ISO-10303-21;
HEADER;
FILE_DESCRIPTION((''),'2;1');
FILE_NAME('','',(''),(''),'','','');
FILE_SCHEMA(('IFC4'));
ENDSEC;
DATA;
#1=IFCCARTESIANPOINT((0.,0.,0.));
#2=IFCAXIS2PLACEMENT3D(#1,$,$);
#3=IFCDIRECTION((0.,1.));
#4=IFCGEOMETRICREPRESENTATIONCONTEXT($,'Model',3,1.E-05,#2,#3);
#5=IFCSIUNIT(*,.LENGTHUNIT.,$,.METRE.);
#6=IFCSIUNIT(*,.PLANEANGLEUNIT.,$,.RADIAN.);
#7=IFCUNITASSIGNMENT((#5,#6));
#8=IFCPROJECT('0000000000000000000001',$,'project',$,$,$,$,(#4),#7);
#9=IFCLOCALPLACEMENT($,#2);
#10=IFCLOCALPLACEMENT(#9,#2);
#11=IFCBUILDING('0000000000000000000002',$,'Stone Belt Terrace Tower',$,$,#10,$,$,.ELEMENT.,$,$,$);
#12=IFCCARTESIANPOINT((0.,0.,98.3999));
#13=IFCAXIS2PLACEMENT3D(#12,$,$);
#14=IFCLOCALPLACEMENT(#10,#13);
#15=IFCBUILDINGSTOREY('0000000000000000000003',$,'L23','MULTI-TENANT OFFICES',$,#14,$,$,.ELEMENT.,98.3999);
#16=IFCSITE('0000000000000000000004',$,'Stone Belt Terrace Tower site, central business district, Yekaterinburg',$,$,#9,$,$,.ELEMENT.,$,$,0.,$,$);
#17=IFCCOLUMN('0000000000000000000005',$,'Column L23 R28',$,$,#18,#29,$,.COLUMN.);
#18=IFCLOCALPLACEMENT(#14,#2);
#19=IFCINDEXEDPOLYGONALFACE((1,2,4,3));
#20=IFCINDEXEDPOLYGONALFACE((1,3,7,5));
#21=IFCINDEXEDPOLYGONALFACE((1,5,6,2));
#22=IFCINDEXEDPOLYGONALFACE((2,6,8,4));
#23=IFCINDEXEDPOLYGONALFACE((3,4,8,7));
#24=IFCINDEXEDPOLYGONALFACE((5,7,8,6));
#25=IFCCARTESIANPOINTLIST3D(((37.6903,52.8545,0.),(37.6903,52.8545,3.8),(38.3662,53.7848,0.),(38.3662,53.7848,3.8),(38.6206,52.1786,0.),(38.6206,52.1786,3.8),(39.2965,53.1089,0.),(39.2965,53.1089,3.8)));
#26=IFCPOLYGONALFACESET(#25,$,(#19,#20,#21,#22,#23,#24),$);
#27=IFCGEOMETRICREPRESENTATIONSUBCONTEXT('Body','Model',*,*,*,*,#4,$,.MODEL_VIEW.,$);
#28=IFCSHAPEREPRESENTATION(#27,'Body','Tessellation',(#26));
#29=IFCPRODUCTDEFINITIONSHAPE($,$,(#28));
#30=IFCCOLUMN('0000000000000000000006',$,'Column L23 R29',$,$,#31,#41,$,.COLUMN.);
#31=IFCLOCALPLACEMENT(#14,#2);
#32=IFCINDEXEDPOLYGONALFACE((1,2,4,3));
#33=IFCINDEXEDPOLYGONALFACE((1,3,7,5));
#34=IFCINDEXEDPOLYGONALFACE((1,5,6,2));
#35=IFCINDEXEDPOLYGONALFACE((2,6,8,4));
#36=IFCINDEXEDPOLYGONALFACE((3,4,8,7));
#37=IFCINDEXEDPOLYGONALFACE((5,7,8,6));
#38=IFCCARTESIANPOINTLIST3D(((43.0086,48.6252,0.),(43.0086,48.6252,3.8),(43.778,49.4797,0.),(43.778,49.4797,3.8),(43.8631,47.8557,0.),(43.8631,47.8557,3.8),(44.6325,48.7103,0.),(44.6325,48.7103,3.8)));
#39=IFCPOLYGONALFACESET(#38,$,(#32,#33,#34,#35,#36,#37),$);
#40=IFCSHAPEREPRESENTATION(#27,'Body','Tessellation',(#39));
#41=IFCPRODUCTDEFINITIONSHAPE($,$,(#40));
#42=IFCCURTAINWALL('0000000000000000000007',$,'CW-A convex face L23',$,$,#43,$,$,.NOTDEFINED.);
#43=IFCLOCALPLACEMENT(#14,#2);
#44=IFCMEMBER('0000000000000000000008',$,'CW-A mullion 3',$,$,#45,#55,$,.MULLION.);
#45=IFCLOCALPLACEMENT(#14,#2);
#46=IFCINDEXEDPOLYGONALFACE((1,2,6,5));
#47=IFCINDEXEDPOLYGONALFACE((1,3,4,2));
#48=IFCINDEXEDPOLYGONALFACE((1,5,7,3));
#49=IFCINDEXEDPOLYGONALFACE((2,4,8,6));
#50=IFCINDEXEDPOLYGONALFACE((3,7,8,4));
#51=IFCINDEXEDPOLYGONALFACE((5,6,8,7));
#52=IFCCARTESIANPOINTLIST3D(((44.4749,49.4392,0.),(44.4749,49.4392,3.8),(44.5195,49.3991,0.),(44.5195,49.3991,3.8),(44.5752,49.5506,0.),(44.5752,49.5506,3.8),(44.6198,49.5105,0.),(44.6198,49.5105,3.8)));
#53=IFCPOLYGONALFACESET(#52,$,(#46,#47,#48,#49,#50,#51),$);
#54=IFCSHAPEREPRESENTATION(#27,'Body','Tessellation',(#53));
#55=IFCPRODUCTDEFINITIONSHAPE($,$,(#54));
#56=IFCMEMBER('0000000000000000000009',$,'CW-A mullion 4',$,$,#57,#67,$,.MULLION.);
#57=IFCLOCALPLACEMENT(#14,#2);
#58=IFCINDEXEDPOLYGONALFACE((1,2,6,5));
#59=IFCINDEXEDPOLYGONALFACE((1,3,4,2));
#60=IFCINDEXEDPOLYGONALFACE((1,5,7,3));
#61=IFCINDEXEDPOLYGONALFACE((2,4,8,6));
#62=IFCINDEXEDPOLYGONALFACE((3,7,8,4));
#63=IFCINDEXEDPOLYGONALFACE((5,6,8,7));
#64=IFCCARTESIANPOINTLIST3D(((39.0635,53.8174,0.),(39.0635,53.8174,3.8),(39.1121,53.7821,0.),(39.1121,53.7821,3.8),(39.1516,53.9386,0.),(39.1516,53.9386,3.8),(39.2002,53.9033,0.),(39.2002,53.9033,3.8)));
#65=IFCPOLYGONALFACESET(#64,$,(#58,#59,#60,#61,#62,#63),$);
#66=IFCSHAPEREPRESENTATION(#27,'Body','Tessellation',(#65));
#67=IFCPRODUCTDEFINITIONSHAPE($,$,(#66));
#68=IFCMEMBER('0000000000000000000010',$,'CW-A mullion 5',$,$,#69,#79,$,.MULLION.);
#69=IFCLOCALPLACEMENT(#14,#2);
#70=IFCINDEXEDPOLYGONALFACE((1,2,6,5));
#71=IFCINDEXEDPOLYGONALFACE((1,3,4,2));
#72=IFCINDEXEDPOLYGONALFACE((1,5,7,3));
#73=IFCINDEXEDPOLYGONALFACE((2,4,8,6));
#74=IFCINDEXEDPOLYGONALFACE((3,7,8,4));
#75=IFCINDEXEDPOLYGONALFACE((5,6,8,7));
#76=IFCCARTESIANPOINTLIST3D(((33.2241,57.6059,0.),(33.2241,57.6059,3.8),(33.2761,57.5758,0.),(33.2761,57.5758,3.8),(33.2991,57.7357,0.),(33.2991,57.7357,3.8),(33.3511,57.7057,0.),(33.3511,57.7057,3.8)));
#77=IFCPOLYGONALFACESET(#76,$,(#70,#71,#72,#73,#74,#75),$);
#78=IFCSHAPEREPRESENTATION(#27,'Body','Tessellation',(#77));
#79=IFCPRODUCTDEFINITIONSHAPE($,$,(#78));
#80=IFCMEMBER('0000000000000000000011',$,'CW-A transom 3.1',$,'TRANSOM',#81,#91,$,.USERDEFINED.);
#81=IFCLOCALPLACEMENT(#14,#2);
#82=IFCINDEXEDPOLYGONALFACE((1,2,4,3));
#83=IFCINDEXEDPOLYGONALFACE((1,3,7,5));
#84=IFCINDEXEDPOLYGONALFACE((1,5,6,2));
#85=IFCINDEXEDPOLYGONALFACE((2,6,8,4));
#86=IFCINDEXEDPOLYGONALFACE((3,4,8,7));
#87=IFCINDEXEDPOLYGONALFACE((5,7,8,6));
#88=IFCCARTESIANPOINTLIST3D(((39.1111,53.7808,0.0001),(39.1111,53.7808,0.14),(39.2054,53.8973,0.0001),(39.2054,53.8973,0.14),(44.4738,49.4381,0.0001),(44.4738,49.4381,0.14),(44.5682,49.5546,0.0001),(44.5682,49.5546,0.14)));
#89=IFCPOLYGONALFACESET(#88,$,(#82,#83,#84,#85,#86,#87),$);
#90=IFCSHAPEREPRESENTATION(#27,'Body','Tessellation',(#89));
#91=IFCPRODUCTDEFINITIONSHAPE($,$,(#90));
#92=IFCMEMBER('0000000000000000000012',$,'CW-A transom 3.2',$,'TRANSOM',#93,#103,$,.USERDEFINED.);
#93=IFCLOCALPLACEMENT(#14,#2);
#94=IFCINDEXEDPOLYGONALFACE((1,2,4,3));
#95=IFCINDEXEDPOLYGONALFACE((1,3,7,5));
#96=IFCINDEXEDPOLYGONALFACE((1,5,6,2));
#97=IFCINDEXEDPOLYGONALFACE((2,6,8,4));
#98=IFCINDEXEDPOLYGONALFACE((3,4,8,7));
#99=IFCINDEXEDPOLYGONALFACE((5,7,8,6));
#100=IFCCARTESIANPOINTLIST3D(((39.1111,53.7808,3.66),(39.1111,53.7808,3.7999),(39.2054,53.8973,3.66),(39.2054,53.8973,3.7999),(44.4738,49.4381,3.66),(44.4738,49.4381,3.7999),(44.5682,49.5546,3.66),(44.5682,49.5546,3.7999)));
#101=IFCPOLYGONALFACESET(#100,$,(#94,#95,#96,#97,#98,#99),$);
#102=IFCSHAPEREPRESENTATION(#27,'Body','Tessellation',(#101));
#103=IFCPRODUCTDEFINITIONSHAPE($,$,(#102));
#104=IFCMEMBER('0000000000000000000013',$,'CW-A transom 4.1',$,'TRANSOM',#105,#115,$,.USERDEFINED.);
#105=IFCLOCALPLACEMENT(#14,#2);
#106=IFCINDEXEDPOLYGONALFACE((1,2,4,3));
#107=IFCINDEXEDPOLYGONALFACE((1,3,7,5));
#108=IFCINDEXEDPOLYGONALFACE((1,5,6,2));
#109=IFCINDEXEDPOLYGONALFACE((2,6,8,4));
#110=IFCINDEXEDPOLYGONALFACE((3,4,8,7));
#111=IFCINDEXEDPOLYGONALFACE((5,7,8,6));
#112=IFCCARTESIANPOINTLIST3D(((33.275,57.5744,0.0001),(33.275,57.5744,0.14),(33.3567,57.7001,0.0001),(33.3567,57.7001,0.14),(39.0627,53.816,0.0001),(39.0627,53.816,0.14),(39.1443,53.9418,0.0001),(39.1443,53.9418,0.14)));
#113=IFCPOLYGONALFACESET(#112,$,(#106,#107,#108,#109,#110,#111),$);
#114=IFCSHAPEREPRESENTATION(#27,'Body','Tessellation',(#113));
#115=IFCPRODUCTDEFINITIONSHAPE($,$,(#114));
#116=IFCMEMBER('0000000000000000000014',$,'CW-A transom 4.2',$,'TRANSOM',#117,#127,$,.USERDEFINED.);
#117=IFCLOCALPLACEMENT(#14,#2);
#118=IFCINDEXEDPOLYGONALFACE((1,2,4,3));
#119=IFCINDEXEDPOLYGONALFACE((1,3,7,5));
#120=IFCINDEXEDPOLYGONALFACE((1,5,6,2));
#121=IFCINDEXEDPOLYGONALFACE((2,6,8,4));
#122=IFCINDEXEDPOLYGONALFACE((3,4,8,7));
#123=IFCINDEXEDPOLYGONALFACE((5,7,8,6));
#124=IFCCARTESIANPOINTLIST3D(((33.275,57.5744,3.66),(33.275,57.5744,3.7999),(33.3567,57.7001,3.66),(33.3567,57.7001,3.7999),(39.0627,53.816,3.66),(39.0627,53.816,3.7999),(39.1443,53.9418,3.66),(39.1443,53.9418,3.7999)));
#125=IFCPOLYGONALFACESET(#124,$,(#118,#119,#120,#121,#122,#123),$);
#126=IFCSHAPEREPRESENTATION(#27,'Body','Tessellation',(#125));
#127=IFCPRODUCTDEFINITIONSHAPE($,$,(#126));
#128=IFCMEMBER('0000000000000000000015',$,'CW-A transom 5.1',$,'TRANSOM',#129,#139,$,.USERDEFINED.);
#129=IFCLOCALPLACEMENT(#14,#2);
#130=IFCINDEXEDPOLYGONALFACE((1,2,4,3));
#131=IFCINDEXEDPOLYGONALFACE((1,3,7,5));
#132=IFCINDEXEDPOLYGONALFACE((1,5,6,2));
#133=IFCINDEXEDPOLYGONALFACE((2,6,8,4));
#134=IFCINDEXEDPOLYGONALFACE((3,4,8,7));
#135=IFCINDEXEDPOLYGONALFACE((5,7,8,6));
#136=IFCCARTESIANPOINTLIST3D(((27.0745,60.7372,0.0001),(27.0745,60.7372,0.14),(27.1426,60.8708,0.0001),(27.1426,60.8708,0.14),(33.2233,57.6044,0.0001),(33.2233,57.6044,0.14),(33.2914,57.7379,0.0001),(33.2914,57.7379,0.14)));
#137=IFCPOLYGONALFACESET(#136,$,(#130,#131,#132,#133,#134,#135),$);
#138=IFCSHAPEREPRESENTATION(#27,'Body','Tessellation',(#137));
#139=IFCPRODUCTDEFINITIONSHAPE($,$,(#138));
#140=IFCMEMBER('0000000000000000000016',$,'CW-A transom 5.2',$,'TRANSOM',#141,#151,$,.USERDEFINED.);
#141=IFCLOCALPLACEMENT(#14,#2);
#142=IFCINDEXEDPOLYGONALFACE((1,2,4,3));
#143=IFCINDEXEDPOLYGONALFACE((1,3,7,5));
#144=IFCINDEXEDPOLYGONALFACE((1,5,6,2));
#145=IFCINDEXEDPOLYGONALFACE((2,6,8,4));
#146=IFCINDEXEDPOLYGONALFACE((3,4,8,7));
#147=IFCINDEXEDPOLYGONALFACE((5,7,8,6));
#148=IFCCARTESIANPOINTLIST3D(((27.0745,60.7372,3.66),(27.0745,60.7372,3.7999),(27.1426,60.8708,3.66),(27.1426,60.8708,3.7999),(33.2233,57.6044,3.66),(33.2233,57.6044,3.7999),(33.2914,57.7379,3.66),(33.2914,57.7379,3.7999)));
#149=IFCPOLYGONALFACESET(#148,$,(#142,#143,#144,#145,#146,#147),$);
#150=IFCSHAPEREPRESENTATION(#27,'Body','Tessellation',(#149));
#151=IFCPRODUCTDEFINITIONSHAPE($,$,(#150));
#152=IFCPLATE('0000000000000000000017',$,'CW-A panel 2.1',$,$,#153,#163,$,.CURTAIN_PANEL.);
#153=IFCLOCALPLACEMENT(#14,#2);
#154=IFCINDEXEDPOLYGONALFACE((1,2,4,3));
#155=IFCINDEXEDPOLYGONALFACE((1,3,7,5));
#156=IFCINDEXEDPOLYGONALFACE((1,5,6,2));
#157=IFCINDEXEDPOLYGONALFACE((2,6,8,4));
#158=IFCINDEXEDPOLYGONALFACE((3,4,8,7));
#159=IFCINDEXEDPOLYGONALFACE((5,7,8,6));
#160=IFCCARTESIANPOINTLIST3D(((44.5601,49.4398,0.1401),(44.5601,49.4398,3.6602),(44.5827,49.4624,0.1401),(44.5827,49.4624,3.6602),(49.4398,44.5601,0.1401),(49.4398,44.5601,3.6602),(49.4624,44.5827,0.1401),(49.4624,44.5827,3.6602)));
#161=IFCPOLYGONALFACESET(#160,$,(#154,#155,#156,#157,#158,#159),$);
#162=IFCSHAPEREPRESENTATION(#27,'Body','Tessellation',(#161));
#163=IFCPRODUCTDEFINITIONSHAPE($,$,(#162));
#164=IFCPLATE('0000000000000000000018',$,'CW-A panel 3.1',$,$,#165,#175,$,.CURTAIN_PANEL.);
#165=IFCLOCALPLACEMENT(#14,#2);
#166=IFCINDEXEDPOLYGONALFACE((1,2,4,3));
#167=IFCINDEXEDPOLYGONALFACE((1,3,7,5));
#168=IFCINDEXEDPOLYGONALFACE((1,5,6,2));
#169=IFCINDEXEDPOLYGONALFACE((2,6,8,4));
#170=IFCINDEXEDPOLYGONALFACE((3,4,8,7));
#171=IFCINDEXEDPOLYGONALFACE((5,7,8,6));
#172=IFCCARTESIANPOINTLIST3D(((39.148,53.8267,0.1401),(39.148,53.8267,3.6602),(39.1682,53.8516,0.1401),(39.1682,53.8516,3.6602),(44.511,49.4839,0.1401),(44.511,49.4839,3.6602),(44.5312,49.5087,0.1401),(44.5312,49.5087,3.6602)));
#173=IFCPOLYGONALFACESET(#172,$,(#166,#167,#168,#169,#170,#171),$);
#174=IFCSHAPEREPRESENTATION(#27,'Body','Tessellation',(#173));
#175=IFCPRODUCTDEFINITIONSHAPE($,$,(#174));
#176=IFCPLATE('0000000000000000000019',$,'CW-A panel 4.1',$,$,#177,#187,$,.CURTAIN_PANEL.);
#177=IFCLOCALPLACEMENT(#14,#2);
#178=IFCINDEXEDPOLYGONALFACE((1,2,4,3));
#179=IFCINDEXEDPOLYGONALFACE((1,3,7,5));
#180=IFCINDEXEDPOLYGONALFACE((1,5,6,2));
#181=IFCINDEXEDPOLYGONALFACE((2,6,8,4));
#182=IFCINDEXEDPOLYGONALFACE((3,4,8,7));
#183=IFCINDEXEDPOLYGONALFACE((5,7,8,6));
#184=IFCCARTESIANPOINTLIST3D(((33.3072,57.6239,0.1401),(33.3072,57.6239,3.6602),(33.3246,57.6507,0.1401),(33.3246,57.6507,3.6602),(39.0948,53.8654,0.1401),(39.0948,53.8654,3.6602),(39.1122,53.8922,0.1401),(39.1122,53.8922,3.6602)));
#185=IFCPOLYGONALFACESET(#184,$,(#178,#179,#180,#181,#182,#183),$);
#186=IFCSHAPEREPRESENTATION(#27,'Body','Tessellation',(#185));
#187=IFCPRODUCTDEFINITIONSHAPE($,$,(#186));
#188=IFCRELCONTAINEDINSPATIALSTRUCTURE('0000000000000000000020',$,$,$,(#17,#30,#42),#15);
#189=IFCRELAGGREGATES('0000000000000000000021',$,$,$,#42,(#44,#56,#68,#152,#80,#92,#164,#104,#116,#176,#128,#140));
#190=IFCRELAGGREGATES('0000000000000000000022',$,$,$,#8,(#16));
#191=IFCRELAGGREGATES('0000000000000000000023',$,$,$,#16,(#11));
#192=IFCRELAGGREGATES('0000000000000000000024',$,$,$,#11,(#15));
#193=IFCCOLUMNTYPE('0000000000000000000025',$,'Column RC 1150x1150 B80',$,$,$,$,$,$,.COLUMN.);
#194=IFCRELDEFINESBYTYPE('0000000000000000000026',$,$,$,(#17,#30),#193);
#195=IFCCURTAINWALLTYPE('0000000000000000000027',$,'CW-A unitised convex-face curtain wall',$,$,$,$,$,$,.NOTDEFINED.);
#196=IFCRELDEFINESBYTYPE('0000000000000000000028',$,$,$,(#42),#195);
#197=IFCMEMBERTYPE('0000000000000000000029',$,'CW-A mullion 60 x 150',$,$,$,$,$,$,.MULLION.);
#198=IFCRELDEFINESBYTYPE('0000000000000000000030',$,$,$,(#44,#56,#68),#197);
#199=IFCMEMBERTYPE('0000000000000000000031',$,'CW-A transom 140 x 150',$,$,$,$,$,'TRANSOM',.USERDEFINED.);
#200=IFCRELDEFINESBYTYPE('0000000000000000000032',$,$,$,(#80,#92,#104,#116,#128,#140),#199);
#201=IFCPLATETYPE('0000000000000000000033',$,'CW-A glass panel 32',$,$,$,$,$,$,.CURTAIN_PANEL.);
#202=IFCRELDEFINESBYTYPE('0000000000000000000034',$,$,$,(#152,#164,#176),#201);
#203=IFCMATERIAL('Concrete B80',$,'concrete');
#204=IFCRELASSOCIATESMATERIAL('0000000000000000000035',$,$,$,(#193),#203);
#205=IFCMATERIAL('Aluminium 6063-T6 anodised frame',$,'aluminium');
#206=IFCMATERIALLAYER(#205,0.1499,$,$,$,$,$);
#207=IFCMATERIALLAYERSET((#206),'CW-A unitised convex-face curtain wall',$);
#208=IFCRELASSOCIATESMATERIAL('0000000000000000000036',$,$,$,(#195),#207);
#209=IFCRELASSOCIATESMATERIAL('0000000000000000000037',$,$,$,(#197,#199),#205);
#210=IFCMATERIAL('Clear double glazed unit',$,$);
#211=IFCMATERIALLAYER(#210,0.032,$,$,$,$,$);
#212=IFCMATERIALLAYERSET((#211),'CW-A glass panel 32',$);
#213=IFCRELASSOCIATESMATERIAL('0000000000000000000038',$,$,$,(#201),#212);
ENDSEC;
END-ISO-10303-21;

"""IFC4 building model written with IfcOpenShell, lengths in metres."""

from ifc_helpers import new_model, si_unit, direction, frame, origin, origin_2d, place, context, subcontext, project, spatial, rectangle, extrude, material, layer, layer_set, material_profile, profile_set, type_object, element, aggregate, save


model = new_model("IFC4")

# Units and contexts
model_context = context("Model", 3, precision=1e-05, world=origin(), true_north=direction((0.0, 1.0)))
body_context = subcontext(model_context, "Body", "Model", "MODEL_VIEW")
ifc_project = project(units=[si_unit("LENGTHUNIT", "METRE"), si_unit("PLANEANGLEUNIT", "RADIAN")], contexts=[model_context])

# Site, building, storey
site_placement = place(None, origin())
site = spatial("IfcSite", under=ifc_project, at=site_placement, Name="Stone Belt Terrace Tower site, central business district, Yekaterinburg", CompositionType="ELEMENT", RefElevation=0.0)
building_placement = place(site_placement, origin())
building = spatial("IfcBuilding", under=site, at=building_placement, Name="Stone Belt Terrace Tower", CompositionType="ELEMENT")
storey_placement = place(building_placement, frame((0.0, 0.0, 98.3999)))
storey = spatial("IfcBuildingStorey", under=building, at=storey_placement, Name="L23", Description="MULTI-TENANT OFFICES", CompositionType="ELEMENT", Elevation=98.3999)

# Columns
ifc_material_1 = material(Name="Concrete B80", Category="concrete")
ifc_material_profile_1 = material_profile(ifc_material_1, rectangle(XDim=1.1499, YDim=1.1499, at=origin_2d()), Name="RC 1150x1150")
ifc_profile_set_1 = profile_set([ifc_material_profile_1], Name="Concrete B80")
column_type = type_object("IfcColumnType", Name="Column RC 1150x1150 B80", PredefinedType="COLUMN", material=ifc_profile_set_1)
for number, where, z_axis, x_axis, name in (
    (1, (38.4934, 52.9817, 0.0), (0.0, 0.0, 1.0), (0.809017, -0.587785, 0.0), "Column L23 R28"),
    (2, (43.8206, 48.6677, 0.0), (0.0, 0.0, 1.0), (0.743145, -0.669131, 0.0), "Column L23 R29"),
):
    element("IfcColumn", number, at=place(storey_placement, frame(where, z_axis=z_axis, x_axis=x_axis)), inside=storey, type_object=column_type, Name=name, PredefinedType="COLUMN", context=body_context, shape_type="SweptSolid", body=[
        extrude(rectangle(XDim=1.1499, YDim=1.1499, at=origin_2d()), origin(), (0.0, 0.0, 1.0), 3.8),
    ])

# Curtain wall, members, plates
ifc_material_2 = material(Name="Aluminium 6063-T6 anodised frame", Category="aluminium")
ifc_layer_1 = layer(ifc_material_2, 0.1499)
ifc_layer_set_1 = layer_set([ifc_layer_1], Name="CW-A unitised convex-face curtain wall")
curtain_wall_type = type_object("IfcCurtainWallType", Name="CW-A unitised convex-face curtain wall", PredefinedType="NOTDEFINED", material=ifc_layer_set_1)
curtain_wall_placement = place(storey_placement, origin())
curtain_wall = element("IfcCurtainWall", 3, at=curtain_wall_placement, inside=storey, type_object=curtain_wall_type, Name="CW-A convex face L23", PredefinedType="NOTDEFINED")
ifc_material_profile_2 = material_profile(ifc_material_2, rectangle(XDim=0.1499, YDim=0.0601, at=origin_2d()), Name="Aluminium 6063-T6 60x150")
ifc_profile_set_2 = profile_set([ifc_material_profile_2], Name="Aluminium 6063-T6 anodised frame")
member_type_1 = type_object("IfcMemberType", Name="CW-A mullion 60 x 150", PredefinedType="MULLION", material=ifc_profile_set_2)
member_1_placement = place(storey_placement, frame((44.5474, 49.4749, 0.0), z_axis=(0.0, 0.0, 1.0), x_axis=(-0.669131, -0.743145, 0.0)))
member_1 = element("IfcMember", 4, at=member_1_placement, type_object=member_type_1, Name="CW-A mullion 3", PredefinedType="MULLION", context=body_context, shape_type="SweptSolid", body=[
    extrude(rectangle(XDim=0.1499, YDim=0.0601, at=origin_2d()), origin(), (0.0, 0.0, 1.0), 3.8),
])
member_2_placement = place(storey_placement, frame((39.1318, 53.8604, 0.0), z_axis=(0.0, 0.0, 1.0), x_axis=(-0.587785, -0.809017, 0.0)))
member_2 = element("IfcMember", 5, at=member_2_placement, type_object=member_type_1, Name="CW-A mullion 4", PredefinedType="MULLION", context=body_context, shape_type="SweptSolid", body=[
    extrude(rectangle(XDim=0.1499, YDim=0.0601, at=origin_2d()), origin(), (0.0, 0.0, 1.0), 3.8),
])
member_3_placement = place(storey_placement, frame((33.2876, 57.6558, 0.0), z_axis=(0.0, 0.0, 1.0), x_axis=(-0.5, -0.866025, 0.0)))
member_3 = element("IfcMember", 6, at=member_3_placement, type_object=member_type_1, Name="CW-A mullion 5", PredefinedType="MULLION", context=body_context, shape_type="SweptSolid", body=[
    extrude(rectangle(XDim=0.1499, YDim=0.0601, at=origin_2d()), origin(), (0.0, 0.0, 1.0), 3.8),
])
ifc_material_profile_3 = material_profile(ifc_material_2, rectangle(XDim=0.1499, YDim=0.1399, at=origin_2d()), Name="Aluminium 6063-T6 150x140")
ifc_profile_set_3 = profile_set([ifc_material_profile_3], Name="Aluminium 6063-T6 anodised frame")
member_type_2 = type_object("IfcMemberType", Name="CW-A transom 140 x 150", ElementType="TRANSOM", PredefinedType="USERDEFINED", material=ifc_profile_set_3)
member_4_placement = place(storey_placement, frame((44.521, 49.4963, 0.0701), z_axis=(-0.777141, 0.629326, 0.0), x_axis=(-0.629326, -0.777141, 0.0)))
member_4 = element("IfcMember", 7, at=member_4_placement, type_object=member_type_2, Name="CW-A transom 3.1", ObjectType="TRANSOM", PredefinedType="USERDEFINED", context=body_context, shape_type="SweptSolid", body=[
    extrude(rectangle(XDim=0.1499, YDim=0.1399, at=origin_2d()), origin(), (0.0, 0.0, 1.0), 6.9006),
])
member_5_placement = place(storey_placement, frame((44.521, 49.4963, 3.73), z_axis=(-0.777141, 0.629326, 0.0), x_axis=(-0.629326, -0.777141, 0.0)))
member_5 = element("IfcMember", 8, at=member_5_placement, type_object=member_type_2, Name="CW-A transom 3.2", ObjectType="TRANSOM", PredefinedType="USERDEFINED", context=body_context, shape_type="SweptSolid", body=[
    extrude(rectangle(XDim=0.1499, YDim=0.1399, at=origin_2d()), origin(), (0.0, 0.0, 1.0), 6.9006),
])
member_6_placement = place(storey_placement, frame((39.1035, 53.8789, 0.0701), z_axis=(-0.838684, 0.544618, 0.0), x_axis=(-0.544618, -0.838684, 0.0)))
member_6 = element("IfcMember", 9, at=member_6_placement, type_object=member_type_2, Name="CW-A transom 4.1", ObjectType="TRANSOM", PredefinedType="USERDEFINED", context=body_context, shape_type="SweptSolid", body=[
    extrude(rectangle(XDim=0.1499, YDim=0.1399, at=origin_2d()), origin(), (0.0, 0.0, 1.0), 6.9009),
])
member_7_placement = place(storey_placement, frame((39.1035, 53.8789, 3.73), z_axis=(-0.838684, 0.544618, 0.0), x_axis=(-0.544618, -0.838684, 0.0)))
member_7 = element("IfcMember", 10, at=member_7_placement, type_object=member_type_2, Name="CW-A transom 4.2", ObjectType="TRANSOM", PredefinedType="USERDEFINED", context=body_context, shape_type="SweptSolid", body=[
    extrude(rectangle(XDim=0.1499, YDim=0.1399, at=origin_2d()), origin(), (0.0, 0.0, 1.0), 6.9009),
])
member_8_placement = place(storey_placement, frame((33.2573, 57.6711, 0.0701), z_axis=(-0.891012, 0.453979, 0.0), x_axis=(-0.453979, -0.891012, 0.0)))
member_8 = element("IfcMember", 11, at=member_8_placement, type_object=member_type_2, Name="CW-A transom 5.1", ObjectType="TRANSOM", PredefinedType="USERDEFINED", context=body_context, shape_type="SweptSolid", body=[
    extrude(rectangle(XDim=0.1499, YDim=0.1399, at=origin_2d()), origin(), (0.0, 0.0, 1.0), 6.9009),
])
member_9_placement = place(storey_placement, frame((33.2573, 57.6711, 3.73), z_axis=(-0.891012, 0.453979, 0.0), x_axis=(-0.453979, -0.891012, 0.0)))
member_9 = element("IfcMember", 12, at=member_9_placement, type_object=member_type_2, Name="CW-A transom 5.2", ObjectType="TRANSOM", PredefinedType="USERDEFINED", context=body_context, shape_type="SweptSolid", body=[
    extrude(rectangle(XDim=0.1499, YDim=0.1399, at=origin_2d()), origin(), (0.0, 0.0, 1.0), 6.9009),
])
ifc_material_3 = material(Name="Clear double glazed unit")
ifc_layer_2 = layer(ifc_material_3, 0.032)
ifc_layer_set_2 = layer_set([ifc_layer_2], Name="CW-A glass panel 32")
plate_type_1 = type_object("IfcPlateType", Name="CW-A glass panel 32", PredefinedType="CURTAIN_PANEL", material=ifc_layer_set_2)
plate_1_placement = place(storey_placement, frame((47.0112, 47.0112, 0.1401), z_axis=(0.0, 0.0, 1.0), x_axis=(-0.707107, 0.707107, 0.0)))
plate_1 = element("IfcPlate", 13, at=plate_1_placement, type_object=plate_type_1, Name="CW-A panel 2.1", PredefinedType="CURTAIN_PANEL", context=body_context, shape_type="SweptSolid", body=[
    extrude(rectangle(XDim=6.9009, YDim=0.032, at=origin_2d()), origin(), (0.0, 0.0, 1.0), 3.52),
])
plate_2_placement = place(storey_placement, frame((41.8396, 51.6677, 0.1401), z_axis=(0.0, 0.0, 1.0), x_axis=(-0.777146, 0.62932, 0.0)))
plate_2 = element("IfcPlate", 14, at=plate_2_placement, type_object=plate_type_1, Name="CW-A panel 3.1", PredefinedType="CURTAIN_PANEL", context=body_context, shape_type="SweptSolid", body=[
    extrude(rectangle(XDim=6.9009, YDim=0.032, at=origin_2d()), origin(), (0.0, 0.0, 1.0), 3.52),
])
plate_3_placement = place(storey_placement, frame((36.2097, 55.7581, 0.1401), z_axis=(0.0, 0.0, 1.0), x_axis=(-0.838671, 0.544639, 0.0)))
plate_3 = element("IfcPlate", 15, at=plate_3_placement, type_object=plate_type_1, Name="CW-A panel 4.1", PredefinedType="CURTAIN_PANEL", context=body_context, shape_type="SweptSolid", body=[
    extrude(rectangle(XDim=6.9009, YDim=0.032, at=origin_2d()), origin(), (0.0, 0.0, 1.0), 3.52),
])
aggregate(curtain_wall, [member_1, member_2, member_3, plate_1, member_4, member_5, plate_2, member_6, member_7, plate_3, member_8, member_9])

save(model, "model.ifc")
